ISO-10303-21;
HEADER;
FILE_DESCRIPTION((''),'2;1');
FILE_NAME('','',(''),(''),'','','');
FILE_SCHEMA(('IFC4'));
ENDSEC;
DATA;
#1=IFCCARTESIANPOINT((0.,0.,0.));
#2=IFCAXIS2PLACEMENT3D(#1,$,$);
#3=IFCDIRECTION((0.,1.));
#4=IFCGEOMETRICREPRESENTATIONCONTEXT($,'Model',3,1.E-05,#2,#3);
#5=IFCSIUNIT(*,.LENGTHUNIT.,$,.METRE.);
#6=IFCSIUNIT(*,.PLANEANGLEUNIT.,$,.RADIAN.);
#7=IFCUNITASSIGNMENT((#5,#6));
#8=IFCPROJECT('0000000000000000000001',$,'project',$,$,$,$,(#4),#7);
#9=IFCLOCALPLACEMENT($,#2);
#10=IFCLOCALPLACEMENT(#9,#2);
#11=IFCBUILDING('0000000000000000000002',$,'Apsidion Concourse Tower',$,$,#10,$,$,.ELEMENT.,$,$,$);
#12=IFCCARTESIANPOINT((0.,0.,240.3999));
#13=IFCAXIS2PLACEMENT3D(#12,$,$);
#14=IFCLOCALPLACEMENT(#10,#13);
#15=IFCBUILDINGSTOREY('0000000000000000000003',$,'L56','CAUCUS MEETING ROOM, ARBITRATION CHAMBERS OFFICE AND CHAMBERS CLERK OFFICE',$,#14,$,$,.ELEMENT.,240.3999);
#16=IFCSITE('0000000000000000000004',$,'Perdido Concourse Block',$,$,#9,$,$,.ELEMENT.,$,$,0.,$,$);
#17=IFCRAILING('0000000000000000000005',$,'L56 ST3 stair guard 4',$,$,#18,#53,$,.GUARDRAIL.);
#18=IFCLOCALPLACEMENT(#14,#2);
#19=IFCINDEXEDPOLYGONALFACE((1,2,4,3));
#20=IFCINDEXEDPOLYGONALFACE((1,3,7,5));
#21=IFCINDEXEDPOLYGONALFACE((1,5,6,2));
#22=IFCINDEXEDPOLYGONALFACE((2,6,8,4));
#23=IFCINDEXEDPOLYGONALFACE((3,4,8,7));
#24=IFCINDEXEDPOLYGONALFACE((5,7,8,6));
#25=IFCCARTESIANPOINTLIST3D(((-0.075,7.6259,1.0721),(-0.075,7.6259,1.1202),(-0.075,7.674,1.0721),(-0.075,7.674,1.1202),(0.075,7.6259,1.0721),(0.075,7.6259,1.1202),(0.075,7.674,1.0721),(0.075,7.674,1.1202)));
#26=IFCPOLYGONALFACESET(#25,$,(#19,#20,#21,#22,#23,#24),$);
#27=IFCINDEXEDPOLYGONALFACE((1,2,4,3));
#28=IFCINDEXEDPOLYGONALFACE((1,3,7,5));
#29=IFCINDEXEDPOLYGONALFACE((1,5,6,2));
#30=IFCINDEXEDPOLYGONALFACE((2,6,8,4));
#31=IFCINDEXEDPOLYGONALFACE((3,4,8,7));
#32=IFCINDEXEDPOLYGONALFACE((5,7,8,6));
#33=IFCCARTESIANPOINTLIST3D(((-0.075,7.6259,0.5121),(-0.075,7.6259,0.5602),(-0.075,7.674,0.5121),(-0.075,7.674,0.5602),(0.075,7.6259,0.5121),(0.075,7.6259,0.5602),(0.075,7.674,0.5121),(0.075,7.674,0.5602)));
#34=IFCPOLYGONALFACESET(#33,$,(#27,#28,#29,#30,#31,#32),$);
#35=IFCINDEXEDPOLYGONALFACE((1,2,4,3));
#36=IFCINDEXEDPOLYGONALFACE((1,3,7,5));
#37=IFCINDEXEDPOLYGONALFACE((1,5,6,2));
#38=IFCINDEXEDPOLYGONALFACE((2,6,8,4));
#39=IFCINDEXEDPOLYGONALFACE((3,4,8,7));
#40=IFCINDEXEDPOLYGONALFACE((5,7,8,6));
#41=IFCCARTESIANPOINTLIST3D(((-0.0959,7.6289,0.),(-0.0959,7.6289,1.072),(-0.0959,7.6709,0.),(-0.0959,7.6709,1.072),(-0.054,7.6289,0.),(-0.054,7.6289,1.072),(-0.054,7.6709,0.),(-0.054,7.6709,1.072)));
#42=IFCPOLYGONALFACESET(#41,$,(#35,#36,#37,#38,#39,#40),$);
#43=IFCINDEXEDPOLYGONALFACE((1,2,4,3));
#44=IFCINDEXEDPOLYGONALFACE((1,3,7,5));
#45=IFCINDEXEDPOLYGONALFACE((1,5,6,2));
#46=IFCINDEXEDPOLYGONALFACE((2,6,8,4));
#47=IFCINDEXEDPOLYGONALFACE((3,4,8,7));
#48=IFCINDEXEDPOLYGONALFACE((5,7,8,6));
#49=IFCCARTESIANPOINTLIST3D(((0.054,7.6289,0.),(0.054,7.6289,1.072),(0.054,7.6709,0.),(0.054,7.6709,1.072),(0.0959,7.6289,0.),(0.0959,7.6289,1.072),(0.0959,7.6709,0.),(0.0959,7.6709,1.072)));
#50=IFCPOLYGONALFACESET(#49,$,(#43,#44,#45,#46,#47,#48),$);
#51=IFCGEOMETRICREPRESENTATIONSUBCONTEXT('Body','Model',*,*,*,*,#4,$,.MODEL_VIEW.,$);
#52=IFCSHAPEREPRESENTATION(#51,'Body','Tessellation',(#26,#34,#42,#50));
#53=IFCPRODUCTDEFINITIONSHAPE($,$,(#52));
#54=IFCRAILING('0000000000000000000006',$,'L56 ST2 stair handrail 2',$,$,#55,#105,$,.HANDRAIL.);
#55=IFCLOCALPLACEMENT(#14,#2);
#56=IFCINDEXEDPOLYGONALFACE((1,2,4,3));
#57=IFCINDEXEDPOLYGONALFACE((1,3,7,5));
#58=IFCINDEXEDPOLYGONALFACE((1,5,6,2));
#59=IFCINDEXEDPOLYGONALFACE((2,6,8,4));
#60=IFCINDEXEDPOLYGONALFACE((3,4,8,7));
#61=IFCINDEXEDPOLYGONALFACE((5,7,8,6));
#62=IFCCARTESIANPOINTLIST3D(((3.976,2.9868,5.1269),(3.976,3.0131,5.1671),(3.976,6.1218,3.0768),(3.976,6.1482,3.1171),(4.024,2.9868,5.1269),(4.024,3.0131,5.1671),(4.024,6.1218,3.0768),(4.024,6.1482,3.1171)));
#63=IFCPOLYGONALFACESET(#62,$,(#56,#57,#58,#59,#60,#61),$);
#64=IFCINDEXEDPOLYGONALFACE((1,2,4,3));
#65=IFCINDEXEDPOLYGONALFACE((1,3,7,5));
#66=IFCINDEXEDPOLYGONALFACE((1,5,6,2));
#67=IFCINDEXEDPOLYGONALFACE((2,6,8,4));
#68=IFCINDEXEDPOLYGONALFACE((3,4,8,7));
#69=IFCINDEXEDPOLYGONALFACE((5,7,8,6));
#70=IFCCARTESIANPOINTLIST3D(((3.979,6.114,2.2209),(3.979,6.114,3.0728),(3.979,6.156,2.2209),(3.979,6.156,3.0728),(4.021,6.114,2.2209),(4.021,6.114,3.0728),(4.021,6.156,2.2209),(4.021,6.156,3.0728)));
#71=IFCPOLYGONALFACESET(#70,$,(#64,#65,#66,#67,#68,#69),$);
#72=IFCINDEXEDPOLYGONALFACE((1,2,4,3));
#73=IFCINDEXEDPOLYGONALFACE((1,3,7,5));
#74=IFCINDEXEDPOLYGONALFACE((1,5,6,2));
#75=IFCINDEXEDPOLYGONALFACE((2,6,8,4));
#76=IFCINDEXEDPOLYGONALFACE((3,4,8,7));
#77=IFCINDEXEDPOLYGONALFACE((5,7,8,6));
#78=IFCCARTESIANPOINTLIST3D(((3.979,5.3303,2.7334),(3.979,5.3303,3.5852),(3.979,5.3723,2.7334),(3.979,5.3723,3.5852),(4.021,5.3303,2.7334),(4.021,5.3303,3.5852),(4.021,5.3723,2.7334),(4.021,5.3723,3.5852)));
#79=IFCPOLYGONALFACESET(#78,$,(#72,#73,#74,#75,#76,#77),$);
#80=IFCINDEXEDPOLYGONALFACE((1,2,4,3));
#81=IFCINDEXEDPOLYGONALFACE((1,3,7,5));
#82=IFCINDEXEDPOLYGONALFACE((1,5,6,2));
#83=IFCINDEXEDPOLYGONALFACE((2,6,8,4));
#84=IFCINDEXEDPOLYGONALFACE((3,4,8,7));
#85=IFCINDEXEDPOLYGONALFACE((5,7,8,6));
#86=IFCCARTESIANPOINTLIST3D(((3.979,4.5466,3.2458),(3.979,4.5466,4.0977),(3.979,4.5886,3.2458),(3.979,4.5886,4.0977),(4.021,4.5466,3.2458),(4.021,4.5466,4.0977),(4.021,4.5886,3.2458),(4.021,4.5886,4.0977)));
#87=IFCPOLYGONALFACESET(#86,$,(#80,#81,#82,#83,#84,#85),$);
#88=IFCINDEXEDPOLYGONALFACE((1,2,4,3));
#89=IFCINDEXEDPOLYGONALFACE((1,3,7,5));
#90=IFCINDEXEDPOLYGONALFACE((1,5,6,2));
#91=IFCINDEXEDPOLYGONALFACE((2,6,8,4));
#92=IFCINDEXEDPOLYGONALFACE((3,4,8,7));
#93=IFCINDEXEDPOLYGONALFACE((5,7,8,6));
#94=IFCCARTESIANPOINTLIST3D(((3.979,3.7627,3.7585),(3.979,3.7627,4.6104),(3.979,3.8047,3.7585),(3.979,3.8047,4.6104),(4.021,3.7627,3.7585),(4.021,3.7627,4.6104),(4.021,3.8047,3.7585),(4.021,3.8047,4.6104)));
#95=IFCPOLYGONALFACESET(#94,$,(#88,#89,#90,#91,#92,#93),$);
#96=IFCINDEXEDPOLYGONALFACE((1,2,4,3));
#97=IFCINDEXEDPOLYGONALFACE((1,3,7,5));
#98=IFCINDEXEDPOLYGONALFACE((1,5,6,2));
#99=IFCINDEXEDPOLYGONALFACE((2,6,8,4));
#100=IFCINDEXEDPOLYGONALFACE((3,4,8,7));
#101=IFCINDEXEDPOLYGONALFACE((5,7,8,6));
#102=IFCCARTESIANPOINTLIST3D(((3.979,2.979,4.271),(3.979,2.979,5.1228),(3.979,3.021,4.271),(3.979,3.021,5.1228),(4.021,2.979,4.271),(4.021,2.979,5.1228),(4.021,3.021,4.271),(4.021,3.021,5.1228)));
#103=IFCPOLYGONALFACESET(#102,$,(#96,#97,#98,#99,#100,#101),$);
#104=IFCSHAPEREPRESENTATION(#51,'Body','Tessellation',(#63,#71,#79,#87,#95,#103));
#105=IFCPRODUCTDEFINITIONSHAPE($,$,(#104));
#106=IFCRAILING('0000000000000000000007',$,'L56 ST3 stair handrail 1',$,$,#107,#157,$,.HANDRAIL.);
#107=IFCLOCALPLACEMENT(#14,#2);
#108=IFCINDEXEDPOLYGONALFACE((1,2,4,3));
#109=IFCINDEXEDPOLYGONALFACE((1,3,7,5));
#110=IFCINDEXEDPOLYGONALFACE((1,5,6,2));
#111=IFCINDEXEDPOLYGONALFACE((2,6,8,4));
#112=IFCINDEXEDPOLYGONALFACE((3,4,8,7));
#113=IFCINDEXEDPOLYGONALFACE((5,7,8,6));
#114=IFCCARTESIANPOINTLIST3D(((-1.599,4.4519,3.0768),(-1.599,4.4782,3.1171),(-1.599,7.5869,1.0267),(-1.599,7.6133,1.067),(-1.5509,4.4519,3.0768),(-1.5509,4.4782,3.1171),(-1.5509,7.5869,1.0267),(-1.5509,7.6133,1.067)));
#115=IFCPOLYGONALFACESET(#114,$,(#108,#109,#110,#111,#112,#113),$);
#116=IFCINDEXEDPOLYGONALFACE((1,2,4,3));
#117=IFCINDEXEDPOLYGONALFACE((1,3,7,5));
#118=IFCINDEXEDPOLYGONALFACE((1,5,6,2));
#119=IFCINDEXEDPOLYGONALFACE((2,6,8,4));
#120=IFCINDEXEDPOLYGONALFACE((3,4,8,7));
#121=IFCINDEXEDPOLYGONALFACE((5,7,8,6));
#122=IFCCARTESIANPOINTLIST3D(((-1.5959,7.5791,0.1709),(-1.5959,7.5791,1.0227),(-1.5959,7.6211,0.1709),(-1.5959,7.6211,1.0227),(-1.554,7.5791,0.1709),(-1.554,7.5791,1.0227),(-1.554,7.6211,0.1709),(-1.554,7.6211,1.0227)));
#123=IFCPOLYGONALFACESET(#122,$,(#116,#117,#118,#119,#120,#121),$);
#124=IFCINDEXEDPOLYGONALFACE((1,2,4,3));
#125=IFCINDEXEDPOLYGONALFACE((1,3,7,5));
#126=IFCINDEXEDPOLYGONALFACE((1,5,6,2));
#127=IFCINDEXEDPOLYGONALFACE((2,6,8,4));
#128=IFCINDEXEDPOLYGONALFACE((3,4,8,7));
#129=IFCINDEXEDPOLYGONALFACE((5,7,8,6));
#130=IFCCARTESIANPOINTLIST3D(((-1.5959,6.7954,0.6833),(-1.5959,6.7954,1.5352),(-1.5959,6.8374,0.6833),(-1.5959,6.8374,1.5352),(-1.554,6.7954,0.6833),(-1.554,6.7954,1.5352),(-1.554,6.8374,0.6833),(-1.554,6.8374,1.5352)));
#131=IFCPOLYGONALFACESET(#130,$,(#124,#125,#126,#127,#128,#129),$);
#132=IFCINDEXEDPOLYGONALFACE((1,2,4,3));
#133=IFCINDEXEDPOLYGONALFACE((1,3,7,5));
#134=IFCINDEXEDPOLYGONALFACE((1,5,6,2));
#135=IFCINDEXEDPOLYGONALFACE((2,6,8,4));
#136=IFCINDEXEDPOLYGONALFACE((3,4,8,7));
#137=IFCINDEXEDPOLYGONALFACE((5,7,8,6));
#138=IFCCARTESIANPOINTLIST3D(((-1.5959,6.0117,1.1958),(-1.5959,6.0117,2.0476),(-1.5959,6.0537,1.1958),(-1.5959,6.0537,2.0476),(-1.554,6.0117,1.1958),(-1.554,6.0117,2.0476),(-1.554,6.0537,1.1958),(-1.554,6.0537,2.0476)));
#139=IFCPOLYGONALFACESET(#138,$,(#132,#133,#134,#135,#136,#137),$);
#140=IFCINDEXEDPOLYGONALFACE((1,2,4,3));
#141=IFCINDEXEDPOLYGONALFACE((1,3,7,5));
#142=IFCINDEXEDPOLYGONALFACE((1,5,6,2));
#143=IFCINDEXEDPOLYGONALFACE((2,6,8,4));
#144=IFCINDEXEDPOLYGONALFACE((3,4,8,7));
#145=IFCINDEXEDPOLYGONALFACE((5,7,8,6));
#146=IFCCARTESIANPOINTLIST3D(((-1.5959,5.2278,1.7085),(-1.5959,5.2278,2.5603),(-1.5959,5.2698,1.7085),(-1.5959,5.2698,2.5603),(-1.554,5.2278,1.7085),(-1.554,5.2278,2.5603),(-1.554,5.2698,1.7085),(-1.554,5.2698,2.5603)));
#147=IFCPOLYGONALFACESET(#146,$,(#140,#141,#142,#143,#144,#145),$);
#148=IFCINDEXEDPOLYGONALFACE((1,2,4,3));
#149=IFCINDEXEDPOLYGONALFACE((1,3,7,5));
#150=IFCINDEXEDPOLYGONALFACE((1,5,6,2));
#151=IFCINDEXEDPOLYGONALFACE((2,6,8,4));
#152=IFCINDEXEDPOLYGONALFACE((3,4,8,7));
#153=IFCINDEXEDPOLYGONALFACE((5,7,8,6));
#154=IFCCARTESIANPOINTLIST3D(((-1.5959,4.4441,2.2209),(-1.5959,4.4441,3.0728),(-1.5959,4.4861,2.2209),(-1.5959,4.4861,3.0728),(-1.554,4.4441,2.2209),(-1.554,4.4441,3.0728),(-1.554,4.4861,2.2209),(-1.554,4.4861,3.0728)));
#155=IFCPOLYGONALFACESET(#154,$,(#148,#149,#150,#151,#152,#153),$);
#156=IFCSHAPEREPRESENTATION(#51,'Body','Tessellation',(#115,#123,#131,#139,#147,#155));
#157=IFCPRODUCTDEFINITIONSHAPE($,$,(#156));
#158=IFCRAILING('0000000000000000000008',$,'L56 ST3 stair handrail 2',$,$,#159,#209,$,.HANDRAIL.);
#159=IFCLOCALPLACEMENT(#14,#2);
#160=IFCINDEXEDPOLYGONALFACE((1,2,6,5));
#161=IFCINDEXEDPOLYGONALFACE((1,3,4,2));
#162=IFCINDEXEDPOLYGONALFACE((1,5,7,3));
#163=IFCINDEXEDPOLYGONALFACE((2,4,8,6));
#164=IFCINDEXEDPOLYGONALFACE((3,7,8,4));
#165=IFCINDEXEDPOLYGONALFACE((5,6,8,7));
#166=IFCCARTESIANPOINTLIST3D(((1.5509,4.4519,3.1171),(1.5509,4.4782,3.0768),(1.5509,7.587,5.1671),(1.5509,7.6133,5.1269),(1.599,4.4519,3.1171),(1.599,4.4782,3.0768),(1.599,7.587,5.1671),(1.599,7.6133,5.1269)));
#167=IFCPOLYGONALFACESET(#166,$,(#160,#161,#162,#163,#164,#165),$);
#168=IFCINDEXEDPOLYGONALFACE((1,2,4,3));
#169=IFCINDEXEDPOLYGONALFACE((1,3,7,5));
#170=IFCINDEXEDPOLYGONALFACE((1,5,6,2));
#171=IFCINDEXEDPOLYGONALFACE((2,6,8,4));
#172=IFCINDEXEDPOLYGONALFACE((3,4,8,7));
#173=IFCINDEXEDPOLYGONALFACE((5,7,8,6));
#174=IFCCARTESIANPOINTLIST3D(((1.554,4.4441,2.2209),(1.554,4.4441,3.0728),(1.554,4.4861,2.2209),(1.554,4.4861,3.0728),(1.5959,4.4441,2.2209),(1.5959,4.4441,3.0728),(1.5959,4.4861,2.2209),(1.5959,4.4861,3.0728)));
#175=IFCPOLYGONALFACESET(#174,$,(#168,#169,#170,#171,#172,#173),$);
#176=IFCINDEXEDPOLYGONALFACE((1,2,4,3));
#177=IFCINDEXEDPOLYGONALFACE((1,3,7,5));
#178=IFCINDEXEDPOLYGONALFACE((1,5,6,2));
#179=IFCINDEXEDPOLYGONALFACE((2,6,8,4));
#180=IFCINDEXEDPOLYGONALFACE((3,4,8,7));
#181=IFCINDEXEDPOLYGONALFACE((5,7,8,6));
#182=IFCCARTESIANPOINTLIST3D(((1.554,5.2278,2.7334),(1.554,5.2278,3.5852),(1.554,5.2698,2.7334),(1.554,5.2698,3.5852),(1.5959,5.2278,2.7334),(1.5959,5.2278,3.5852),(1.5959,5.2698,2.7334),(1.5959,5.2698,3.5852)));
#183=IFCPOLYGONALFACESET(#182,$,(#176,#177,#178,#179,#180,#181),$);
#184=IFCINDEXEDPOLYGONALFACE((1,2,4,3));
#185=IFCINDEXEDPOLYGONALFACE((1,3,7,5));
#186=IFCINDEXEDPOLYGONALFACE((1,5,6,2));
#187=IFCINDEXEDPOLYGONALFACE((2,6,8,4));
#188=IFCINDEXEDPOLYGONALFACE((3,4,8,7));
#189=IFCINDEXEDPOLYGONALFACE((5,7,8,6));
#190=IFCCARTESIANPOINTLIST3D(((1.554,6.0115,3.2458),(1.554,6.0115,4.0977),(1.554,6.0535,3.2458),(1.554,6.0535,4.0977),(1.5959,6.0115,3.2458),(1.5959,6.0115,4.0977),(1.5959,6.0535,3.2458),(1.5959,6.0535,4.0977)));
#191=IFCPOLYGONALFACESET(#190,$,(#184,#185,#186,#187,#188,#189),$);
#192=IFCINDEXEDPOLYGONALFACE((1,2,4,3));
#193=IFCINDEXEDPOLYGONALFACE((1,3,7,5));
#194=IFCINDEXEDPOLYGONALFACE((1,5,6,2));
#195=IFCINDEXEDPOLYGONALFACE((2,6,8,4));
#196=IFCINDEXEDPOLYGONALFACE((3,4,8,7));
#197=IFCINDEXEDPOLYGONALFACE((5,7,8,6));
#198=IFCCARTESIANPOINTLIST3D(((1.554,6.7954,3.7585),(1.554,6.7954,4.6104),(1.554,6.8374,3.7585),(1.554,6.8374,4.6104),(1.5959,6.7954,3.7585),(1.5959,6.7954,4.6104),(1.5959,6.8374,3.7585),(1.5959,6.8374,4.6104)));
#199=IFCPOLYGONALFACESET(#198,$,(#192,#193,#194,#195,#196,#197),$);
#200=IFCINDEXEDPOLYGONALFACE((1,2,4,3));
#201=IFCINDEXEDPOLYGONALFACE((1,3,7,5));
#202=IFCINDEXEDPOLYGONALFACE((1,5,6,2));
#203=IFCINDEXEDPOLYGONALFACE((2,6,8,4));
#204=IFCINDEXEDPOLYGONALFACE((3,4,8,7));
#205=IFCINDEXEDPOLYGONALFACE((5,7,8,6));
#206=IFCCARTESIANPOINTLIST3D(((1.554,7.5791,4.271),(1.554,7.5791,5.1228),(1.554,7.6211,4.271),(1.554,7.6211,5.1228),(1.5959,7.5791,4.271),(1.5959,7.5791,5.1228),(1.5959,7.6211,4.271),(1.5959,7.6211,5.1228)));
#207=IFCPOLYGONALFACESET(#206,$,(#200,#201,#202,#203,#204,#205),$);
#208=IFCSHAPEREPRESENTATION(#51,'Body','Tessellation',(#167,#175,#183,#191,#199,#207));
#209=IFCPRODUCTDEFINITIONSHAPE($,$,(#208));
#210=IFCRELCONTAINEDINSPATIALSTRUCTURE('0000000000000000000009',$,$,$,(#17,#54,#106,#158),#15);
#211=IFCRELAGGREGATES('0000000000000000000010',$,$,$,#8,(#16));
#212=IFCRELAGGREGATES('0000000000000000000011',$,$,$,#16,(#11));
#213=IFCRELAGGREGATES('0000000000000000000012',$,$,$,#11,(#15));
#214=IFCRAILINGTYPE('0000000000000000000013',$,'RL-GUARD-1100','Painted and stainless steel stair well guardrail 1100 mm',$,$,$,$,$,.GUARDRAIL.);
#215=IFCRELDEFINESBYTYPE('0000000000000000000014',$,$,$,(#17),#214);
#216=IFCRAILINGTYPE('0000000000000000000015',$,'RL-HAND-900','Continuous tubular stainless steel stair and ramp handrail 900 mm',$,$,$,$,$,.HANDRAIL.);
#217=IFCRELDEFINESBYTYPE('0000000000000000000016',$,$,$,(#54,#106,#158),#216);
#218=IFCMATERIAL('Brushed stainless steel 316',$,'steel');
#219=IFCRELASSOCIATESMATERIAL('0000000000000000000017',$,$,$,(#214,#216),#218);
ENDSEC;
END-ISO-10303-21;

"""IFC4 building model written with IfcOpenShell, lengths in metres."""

from ifc_helpers import new_model, si_unit, direction, frame, origin, origin_2d, place, context, subcontext, project, spatial, rectangle, extrude, material, type_object, element, save


model = new_model("IFC4")

# Units and contexts
model_context = context("Model", 3, precision=1e-05, world=origin(), true_north=direction((0.0, 1.0)))
body_context = subcontext(model_context, "Body", "Model", "MODEL_VIEW")
ifc_project = project(units=[si_unit("LENGTHUNIT", "METRE"), si_unit("PLANEANGLEUNIT", "RADIAN")], contexts=[model_context])

# Site, building, storey
site_placement = place(None, origin())
site = spatial("IfcSite", under=ifc_project, at=site_placement, Name="Perdido Concourse Block", CompositionType="ELEMENT", RefElevation=0.0)
building_placement = place(site_placement, origin())
building = spatial("IfcBuilding", under=site, at=building_placement, Name="Apsidion Concourse Tower", CompositionType="ELEMENT")
storey_placement = place(building_placement, frame((0.0, 0.0, 240.3999)))
storey = spatial("IfcBuildingStorey", under=building, at=storey_placement, Name="L56", Description="CAUCUS MEETING ROOM, ARBITRATION CHAMBERS OFFICE AND CHAMBERS CLERK OFFICE", CompositionType="ELEMENT", Elevation=240.3999)

# Railings
ifc_material_1 = material(Name="Brushed stainless steel 316", Category="steel")
railing_type_1 = type_object("IfcRailingType", Name="RL-GUARD-1100", Description="Painted and stainless steel stair well guardrail 1100 mm", PredefinedType="GUARDRAIL", material=ifc_material_1)
railing_1_placement = place(storey_placement, frame((-0.075, 7.6499, 0.0)))
element("IfcRailing", 1, at=railing_1_placement, inside=storey, type_object=railing_type_1, Name="L56 ST3 stair guard 4", PredefinedType="GUARDRAIL", context=body_context, shape_type="SweptSolid", body=[
    extrude(rectangle(XDim=0.0481, YDim=0.0481, at=origin_2d()), frame((0.0, 0.0, 1.0962), z_axis=(1.0, 0.0, 0.0), x_axis=(0.0, 1.0, 0.0)), (0.0, 0.0, 1.0), 0.1499),
    extrude(rectangle(XDim=0.0481, YDim=0.0481, at=origin_2d()), frame((0.0, 0.0, 0.5361), z_axis=(1.0, 0.0, 0.0), x_axis=(0.0, 1.0, 0.0)), (0.0, 0.0, 1.0), 0.1499),
    extrude(rectangle(XDim=0.042, YDim=0.042, at=origin_2d()), origin(), (0.0, 0.0, 1.0), 1.072),
    extrude(rectangle(XDim=0.042, YDim=0.042, at=origin_2d()), frame((0.1499, 0.0, 0.0)), (0.0, 0.0, 1.0), 1.072),
])
railing_type_2 = type_object("IfcRailingType", Name="RL-HAND-900", Description="Continuous tubular stainless steel stair and ramp handrail 900 mm", PredefinedType="HANDRAIL", material=ifc_material_1)
for number, where, name in (
    (2, (4.0, 6.135, 2.2209), "L56 ST2 stair handrail 2"),
    (3, (-1.575, 7.6001, 0.1709), "L56 ST3 stair handrail 1"),
):
    element("IfcRailing", number, at=place(storey_placement, frame(where)), inside=storey, type_object=railing_type_2, Name=name, PredefinedType="HANDRAIL", context=body_context, shape_type="SweptSolid", body=[
        extrude(rectangle(XDim=0.0481, YDim=0.0481, at=origin_2d()), frame((0.0, 0.0, 0.876), z_axis=(0.0, -0.836941, 0.547293), x_axis=(1.0, 0.0, 0.0)), (0.0, 0.0, 1.0), 3.7458),
        extrude(rectangle(XDim=0.042, YDim=0.042, at=origin_2d()), origin(), (0.0, 0.0, 1.0), 0.8518),
        extrude(rectangle(XDim=0.042, YDim=0.042, at=origin_2d()), frame((0.0, -0.7837, 0.5125)), (0.0, 0.0, 1.0), 0.8518),
        extrude(rectangle(XDim=0.042, YDim=0.042, at=origin_2d()), frame((0.0, -1.5674, 1.0249)), (0.0, 0.0, 1.0), 0.8518),
        extrude(rectangle(XDim=0.042, YDim=0.042, at=origin_2d()), frame((0.0, -2.3513, 1.5376)), (0.0, 0.0, 1.0), 0.8518),
        extrude(rectangle(XDim=0.042, YDim=0.042, at=origin_2d()), frame((0.0, -3.135, 2.05)), (0.0, 0.0, 1.0), 0.8518),
    ])
railing_2_placement = place(storey_placement, frame((1.575, 4.4651, 2.2209)))
element("IfcRailing", 4, at=railing_2_placement, inside=storey, type_object=railing_type_2, Name="L56 ST3 stair handrail 2", PredefinedType="HANDRAIL", context=body_context, shape_type="SweptSolid", body=[
    extrude(rectangle(XDim=0.0481, YDim=0.0481, at=origin_2d()), frame((0.0, 0.0, 0.876), z_axis=(0.0, 0.836941, 0.547293), x_axis=(-1.0, 0.0, 0.0)), (0.0, 0.0, 1.0), 3.7458),
    extrude(rectangle(XDim=0.042, YDim=0.042, at=origin_2d()), origin(), (0.0, 0.0, 1.0), 0.8518),
    extrude(rectangle(XDim=0.042, YDim=0.042, at=origin_2d()), frame((0.0, 0.7837, 0.5125)), (0.0, 0.0, 1.0), 0.8518),
    extrude(rectangle(XDim=0.042, YDim=0.042, at=origin_2d()), frame((0.0, 1.5674, 1.0249)), (0.0, 0.0, 1.0), 0.8518),
    extrude(rectangle(XDim=0.042, YDim=0.042, at=origin_2d()), frame((0.0, 2.3513, 1.5376)), (0.0, 0.0, 1.0), 0.8518),
    extrude(rectangle(XDim=0.042, YDim=0.042, at=origin_2d()), frame((0.0, 3.135, 2.05)), (0.0, 0.0, 1.0), 0.8518),
])

save(model, "model.ifc")
